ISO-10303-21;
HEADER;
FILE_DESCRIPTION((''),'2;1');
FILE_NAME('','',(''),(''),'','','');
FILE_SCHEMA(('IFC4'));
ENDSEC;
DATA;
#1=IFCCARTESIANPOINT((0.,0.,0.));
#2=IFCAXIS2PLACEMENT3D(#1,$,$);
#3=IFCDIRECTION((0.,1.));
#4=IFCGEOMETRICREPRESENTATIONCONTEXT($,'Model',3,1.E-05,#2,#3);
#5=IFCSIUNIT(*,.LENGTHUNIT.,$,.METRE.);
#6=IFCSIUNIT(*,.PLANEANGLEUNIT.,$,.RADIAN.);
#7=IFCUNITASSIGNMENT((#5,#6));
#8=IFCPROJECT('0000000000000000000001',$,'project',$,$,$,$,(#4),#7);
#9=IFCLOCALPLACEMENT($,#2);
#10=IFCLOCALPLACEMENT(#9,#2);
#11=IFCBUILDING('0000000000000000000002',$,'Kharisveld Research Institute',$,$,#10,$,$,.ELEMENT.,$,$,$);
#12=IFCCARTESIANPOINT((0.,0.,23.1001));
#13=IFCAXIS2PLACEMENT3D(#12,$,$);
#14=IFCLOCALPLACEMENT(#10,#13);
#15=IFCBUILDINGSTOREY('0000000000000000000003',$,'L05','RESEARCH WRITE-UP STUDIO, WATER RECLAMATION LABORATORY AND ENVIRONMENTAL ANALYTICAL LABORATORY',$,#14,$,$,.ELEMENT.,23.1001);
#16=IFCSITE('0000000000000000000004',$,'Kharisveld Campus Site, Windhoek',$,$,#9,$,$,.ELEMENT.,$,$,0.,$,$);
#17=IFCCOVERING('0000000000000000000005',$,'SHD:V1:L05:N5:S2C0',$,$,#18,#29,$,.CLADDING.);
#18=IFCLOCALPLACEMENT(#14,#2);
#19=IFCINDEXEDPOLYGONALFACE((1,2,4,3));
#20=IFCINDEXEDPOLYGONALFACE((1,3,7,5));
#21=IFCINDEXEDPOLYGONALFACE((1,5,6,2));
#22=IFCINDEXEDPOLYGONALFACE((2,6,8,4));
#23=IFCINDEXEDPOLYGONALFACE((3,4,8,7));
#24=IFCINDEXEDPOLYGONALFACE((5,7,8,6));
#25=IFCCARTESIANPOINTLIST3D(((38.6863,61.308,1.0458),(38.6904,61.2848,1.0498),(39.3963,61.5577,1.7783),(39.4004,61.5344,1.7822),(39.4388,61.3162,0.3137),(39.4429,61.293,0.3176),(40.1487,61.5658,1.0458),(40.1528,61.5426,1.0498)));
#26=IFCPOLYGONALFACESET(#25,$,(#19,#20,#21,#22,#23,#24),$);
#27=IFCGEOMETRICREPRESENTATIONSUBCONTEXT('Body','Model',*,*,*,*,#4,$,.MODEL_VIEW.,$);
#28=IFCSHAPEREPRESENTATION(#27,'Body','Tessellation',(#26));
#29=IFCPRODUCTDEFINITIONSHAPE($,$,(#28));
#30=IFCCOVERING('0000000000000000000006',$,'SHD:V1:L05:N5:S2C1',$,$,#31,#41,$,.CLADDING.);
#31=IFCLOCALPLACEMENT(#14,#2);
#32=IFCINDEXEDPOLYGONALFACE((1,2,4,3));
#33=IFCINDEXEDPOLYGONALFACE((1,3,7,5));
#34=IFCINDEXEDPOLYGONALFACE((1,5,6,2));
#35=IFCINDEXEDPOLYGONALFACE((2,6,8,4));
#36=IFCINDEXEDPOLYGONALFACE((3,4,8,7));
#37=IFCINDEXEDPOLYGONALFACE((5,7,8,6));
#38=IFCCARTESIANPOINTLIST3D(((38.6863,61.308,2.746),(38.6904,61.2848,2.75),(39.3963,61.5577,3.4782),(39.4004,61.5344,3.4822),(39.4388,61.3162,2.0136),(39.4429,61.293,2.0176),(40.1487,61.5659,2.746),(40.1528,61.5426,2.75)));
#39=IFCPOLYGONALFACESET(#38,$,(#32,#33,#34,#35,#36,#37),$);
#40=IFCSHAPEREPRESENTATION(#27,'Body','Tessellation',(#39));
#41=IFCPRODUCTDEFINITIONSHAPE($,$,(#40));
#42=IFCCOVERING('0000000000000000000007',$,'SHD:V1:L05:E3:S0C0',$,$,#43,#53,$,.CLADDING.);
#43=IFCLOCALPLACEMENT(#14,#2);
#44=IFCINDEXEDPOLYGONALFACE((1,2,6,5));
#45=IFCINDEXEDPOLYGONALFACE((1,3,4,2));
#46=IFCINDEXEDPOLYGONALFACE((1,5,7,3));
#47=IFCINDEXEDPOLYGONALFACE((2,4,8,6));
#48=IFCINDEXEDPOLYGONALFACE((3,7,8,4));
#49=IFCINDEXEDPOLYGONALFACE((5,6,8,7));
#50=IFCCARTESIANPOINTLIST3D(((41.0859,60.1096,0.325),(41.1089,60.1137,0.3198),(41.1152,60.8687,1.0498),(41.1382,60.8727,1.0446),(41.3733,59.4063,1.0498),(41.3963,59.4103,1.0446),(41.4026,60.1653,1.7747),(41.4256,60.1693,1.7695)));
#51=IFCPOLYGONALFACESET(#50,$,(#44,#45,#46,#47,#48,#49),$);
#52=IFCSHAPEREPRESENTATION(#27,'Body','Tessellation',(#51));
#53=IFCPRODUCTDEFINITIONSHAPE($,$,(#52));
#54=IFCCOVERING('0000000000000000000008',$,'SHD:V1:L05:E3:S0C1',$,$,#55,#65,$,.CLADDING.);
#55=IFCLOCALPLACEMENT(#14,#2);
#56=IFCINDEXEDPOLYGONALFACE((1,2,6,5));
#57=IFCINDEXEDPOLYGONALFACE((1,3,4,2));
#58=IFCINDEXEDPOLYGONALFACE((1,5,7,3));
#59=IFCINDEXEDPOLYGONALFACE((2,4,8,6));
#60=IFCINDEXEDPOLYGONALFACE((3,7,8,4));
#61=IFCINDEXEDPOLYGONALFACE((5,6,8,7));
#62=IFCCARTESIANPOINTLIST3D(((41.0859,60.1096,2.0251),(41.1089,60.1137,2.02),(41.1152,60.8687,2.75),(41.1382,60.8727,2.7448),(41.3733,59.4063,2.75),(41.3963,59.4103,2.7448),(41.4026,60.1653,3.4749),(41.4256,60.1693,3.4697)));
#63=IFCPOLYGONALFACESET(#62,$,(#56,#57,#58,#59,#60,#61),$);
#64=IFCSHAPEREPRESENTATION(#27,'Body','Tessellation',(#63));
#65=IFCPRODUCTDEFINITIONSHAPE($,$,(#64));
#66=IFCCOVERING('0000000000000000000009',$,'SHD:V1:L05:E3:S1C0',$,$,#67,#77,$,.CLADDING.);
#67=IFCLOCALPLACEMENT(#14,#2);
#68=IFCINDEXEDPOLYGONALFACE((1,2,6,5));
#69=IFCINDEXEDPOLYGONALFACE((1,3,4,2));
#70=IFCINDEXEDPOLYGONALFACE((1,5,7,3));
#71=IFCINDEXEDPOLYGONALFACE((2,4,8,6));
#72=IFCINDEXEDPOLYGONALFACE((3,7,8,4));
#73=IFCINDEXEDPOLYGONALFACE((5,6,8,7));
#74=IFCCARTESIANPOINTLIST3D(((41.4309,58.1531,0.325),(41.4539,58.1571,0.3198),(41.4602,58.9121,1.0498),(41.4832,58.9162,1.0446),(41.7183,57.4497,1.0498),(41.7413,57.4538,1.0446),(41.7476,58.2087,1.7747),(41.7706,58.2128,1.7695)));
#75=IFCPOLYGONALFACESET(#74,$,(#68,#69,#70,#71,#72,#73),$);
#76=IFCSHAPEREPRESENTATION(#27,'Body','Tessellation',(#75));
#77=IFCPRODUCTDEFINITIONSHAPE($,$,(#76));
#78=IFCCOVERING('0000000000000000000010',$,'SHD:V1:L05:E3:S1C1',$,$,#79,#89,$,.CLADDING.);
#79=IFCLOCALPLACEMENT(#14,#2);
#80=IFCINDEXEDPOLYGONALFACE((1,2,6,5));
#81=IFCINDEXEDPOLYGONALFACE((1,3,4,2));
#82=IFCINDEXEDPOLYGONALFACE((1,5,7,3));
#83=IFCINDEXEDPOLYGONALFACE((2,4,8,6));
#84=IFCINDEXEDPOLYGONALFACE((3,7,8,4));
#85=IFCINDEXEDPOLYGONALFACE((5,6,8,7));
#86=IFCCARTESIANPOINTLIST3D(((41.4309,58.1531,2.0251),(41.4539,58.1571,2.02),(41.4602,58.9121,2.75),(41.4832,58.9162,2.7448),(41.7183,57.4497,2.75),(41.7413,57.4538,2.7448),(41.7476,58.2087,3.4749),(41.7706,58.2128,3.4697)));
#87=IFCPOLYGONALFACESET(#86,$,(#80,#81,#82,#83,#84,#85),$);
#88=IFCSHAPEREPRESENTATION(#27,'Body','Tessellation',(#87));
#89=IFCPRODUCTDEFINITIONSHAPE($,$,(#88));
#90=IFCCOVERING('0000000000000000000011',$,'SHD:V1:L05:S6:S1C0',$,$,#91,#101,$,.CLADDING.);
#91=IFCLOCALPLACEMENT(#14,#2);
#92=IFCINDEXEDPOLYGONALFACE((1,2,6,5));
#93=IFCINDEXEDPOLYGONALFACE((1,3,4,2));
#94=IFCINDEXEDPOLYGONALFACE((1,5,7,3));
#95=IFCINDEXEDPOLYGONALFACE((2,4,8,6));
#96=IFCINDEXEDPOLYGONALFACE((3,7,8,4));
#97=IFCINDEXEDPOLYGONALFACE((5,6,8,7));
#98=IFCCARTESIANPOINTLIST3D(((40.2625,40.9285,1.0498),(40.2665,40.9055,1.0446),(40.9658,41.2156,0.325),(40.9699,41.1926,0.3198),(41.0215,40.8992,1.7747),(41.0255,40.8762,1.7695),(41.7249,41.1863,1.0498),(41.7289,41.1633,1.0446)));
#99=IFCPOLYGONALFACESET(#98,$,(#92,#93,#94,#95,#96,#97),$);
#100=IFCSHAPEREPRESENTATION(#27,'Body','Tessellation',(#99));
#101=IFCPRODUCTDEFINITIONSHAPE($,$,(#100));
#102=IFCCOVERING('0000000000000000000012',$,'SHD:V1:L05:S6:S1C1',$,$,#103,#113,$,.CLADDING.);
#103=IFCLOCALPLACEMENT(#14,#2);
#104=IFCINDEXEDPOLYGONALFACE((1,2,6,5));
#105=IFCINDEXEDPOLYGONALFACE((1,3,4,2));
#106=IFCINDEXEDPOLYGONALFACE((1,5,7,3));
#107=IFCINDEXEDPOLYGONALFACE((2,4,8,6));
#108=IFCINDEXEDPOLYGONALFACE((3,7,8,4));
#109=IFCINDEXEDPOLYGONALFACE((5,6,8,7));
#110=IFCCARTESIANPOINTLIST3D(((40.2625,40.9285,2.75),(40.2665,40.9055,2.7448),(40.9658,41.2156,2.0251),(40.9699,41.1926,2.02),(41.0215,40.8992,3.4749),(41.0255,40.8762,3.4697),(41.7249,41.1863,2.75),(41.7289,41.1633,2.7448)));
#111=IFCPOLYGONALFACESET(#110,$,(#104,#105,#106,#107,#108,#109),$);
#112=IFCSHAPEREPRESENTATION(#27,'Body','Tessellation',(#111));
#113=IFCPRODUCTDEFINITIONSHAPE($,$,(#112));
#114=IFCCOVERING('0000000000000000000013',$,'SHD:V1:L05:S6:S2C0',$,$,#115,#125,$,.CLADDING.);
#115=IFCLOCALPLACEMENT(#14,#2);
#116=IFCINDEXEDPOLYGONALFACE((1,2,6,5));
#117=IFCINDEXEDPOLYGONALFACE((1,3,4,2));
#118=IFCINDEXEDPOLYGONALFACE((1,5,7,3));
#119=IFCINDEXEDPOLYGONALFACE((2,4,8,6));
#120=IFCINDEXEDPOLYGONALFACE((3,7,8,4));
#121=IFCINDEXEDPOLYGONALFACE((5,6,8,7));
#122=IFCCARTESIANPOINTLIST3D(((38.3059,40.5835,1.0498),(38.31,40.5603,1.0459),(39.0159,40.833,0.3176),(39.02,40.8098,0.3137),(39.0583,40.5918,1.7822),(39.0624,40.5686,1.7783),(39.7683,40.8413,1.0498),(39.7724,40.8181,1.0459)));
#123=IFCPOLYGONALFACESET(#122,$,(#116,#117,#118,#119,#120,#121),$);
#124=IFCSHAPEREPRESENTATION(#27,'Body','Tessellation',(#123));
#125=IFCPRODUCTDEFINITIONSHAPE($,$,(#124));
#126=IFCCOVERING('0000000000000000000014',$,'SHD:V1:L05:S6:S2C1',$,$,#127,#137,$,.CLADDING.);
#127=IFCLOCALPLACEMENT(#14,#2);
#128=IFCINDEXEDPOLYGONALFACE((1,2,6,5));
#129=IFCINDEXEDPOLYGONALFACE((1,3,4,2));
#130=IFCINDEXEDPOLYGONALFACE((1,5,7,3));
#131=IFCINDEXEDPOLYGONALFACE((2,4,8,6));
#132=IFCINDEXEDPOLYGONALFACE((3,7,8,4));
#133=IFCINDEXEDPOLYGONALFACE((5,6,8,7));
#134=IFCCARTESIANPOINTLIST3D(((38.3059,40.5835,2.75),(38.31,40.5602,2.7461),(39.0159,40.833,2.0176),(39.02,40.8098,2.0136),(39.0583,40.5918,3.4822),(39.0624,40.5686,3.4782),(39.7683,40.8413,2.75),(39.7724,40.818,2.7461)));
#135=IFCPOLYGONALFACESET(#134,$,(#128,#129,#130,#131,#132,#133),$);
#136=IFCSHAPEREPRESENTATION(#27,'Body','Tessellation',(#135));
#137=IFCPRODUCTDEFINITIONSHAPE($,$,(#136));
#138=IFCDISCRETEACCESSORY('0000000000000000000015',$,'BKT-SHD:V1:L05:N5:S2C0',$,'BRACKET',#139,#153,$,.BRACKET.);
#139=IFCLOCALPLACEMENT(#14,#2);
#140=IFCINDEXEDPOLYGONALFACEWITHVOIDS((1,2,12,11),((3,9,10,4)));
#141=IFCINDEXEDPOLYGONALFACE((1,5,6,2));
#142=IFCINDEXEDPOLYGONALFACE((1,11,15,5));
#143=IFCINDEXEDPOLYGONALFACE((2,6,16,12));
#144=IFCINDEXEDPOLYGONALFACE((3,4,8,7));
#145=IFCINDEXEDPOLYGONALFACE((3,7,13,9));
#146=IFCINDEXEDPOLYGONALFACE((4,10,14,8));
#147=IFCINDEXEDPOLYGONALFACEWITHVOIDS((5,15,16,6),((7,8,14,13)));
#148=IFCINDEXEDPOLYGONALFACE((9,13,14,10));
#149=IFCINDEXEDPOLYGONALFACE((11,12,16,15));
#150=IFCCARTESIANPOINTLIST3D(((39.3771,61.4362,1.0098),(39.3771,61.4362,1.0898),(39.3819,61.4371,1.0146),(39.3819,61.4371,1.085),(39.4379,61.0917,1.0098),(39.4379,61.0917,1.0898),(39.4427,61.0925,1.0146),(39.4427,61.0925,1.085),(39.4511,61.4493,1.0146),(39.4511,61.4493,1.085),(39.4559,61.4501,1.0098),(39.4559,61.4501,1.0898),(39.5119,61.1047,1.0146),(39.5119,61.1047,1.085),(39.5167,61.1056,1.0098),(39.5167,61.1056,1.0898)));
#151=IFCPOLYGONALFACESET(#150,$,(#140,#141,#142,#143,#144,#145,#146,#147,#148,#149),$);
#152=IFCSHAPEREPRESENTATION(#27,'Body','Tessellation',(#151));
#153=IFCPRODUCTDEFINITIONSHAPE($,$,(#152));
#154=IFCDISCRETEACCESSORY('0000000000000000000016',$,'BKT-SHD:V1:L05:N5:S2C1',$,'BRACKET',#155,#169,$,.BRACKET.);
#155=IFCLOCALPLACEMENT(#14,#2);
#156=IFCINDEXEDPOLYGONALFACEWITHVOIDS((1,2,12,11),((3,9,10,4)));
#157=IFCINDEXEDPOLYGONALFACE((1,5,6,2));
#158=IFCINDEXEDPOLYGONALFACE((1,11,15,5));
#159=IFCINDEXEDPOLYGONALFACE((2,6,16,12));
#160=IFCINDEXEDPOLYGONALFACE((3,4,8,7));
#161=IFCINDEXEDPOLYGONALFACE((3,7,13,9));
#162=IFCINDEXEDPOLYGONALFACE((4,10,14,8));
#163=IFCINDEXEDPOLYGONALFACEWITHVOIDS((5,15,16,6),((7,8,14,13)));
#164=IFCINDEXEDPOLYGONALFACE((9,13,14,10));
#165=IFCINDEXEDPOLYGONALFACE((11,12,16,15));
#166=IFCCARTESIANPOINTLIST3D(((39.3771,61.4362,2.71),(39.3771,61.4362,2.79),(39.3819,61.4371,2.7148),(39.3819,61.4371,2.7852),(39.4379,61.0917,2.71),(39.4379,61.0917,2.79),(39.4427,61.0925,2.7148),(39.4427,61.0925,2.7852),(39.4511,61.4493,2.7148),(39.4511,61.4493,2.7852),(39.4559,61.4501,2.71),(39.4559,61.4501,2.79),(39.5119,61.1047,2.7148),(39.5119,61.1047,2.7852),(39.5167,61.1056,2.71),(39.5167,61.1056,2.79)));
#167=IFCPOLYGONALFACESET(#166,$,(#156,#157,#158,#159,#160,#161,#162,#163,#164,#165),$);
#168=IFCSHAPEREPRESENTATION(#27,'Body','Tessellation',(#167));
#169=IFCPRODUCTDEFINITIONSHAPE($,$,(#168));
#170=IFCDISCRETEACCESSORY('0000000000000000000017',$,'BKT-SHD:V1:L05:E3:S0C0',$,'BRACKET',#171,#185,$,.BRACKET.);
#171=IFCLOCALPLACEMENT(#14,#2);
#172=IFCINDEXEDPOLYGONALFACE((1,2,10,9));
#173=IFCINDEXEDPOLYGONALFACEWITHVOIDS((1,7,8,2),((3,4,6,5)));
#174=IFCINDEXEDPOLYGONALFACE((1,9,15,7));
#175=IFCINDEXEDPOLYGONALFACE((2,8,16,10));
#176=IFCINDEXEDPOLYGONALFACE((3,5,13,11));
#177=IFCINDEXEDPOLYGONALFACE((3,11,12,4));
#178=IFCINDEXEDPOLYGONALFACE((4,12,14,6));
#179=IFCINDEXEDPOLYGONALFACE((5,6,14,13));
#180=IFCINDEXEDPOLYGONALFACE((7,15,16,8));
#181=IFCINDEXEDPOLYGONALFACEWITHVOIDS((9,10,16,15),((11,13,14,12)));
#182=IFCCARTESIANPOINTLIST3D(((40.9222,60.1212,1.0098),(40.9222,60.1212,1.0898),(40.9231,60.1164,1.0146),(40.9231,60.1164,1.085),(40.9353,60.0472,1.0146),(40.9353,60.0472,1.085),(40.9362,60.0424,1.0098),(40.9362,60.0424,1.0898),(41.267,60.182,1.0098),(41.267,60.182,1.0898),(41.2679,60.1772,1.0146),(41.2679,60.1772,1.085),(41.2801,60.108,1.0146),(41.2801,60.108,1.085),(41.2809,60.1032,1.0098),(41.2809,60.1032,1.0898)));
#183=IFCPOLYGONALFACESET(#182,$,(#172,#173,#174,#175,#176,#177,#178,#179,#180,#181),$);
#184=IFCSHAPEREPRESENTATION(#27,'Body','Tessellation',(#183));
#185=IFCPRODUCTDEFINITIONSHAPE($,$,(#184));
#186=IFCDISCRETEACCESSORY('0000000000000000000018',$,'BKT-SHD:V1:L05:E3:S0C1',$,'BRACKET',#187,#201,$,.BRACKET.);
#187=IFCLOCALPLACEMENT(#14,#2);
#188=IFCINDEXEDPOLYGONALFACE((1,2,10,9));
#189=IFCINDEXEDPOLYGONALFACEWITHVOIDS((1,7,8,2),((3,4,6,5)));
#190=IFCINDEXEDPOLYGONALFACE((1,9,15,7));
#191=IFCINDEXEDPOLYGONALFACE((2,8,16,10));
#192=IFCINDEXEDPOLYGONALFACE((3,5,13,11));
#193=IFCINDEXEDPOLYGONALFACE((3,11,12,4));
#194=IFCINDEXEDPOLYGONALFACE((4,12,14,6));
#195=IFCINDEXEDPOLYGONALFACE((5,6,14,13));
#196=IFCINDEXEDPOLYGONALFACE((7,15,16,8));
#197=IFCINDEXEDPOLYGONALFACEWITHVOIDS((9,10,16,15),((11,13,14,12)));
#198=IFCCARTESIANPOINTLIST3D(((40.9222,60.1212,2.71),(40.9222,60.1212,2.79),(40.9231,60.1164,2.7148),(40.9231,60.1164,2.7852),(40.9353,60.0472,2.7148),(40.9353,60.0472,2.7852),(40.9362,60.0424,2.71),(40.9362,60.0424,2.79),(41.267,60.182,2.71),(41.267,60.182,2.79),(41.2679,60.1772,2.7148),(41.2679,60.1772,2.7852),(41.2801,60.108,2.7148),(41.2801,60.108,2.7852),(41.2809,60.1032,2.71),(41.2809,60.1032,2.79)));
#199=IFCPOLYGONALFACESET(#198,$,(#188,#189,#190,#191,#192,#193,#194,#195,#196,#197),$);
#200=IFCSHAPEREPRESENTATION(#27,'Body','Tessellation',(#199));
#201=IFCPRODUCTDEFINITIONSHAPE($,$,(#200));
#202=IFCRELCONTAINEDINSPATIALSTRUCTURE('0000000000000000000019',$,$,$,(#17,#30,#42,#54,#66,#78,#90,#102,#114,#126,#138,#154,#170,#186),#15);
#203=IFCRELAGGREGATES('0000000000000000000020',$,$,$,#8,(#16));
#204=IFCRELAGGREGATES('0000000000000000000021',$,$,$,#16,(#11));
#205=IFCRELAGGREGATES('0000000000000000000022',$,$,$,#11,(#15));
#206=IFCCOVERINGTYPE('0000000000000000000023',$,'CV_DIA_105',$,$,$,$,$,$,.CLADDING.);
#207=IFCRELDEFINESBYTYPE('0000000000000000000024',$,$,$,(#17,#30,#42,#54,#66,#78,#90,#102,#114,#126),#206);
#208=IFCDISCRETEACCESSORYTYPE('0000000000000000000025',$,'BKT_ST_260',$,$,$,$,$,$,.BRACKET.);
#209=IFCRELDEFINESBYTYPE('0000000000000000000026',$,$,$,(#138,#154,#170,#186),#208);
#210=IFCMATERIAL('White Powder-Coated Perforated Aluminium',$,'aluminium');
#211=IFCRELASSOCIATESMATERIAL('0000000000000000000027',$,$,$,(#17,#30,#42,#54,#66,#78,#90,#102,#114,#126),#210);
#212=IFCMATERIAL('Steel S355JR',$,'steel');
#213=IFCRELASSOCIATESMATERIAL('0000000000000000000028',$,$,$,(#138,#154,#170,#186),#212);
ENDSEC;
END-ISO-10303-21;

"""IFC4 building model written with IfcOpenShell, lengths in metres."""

from ifc_helpers import new_model, si_unit, direction, frame, origin, origin_2d, place, context, subcontext, project, spatial, polyline, hollow_rectangle, outline, extrude, material, type_object, element, save


model = new_model("IFC4")

# Units and contexts
model_context = context("Model", 3, precision=1e-05, world=origin(), true_north=direction((0.0, 1.0)))
body_context = subcontext(model_context, "Body", "Model", "MODEL_VIEW")
ifc_project = project(units=[si_unit("LENGTHUNIT", "METRE"), si_unit("PLANEANGLEUNIT", "RADIAN")], contexts=[model_context])

# Site, building, storey
site_placement = place(None, origin())
site = spatial("IfcSite", under=ifc_project, at=site_placement, Name="Kharisveld Campus Site, Windhoek", CompositionType="ELEMENT", RefElevation=0.0)
building_placement = place(site_placement, origin())
building = spatial("IfcBuilding", under=site, at=building_placement, Name="Kharisveld Research Institute", CompositionType="ELEMENT")
storey_placement = place(building_placement, frame((0.0, 0.0, 23.1001)))
storey = spatial("IfcBuildingStorey", under=building, at=storey_placement, Name="L05", Description="RESEARCH WRITE-UP STUDIO, WATER RECLAMATION LABORATORY AND ENVIRONMENTAL ANALYTICAL LABORATORY", CompositionType="ELEMENT", Elevation=23.1001)

# Coverings
ifc_material_1 = material(Name="White Powder-Coated Perforated Aluminium", Category="aluminium")
covering_type = type_object("IfcCoveringType", Name="CV_DIA_105", PredefinedType="CLADDING")
covering_1_placement = place(storey_placement, frame((39.4429, 61.293, 0.3176), z_axis=(0.171234, -0.971299, 0.165096), x_axis=(0.676173, 0.237734, 0.697333)))
element("IfcCovering", 1, at=covering_1_placement, inside=storey, type_object=covering_type, material=ifc_material_1, Name="SHD:V1:L05:N5:S2C0", PredefinedType="CLADDING", context=body_context, shape_type="SweptSolid", body=[
    extrude(outline(polyline([(0.0, 0.0), (1.0499, 0.0), (1.05, 1.0501), (-0.0002, 1.0499), (0.0, 0.0)])), origin(), (0.0, 0.0, -1.0), 0.0239),
])
covering_2_placement = place(storey_placement, frame((39.4429, 61.293, 2.0176), z_axis=(0.171234, -0.971299, 0.165096), x_axis=(0.676056, 0.237732, 0.697446)))
element("IfcCovering", 2, at=covering_2_placement, inside=storey, type_object=covering_type, material=ifc_material_1, Name="SHD:V1:L05:N5:S2C1", PredefinedType="CLADDING", context=body_context, shape_type="SweptSolid", body=[
    extrude(outline(polyline([(0.0, 0.0), (1.0501, 0.0), (1.0502, 1.0499), (0.0002, 1.0501), (0.0, 0.0)])), origin(), (0.0, 0.0, -1.0), 0.0239),
])
for number, where, z_axis, x_axis, name in (
    (3, (41.0859, 60.1096, 0.325), (-0.961426, -0.169654, 0.216512), (0.273644, -0.669811, 0.69027), "SHD:V1:L05:E3:S0C0"),
    (4, (41.0859, 60.1096, 2.0251), (-0.961426, -0.169654, 0.216512), (0.273644, -0.669811, 0.69027), "SHD:V1:L05:E3:S0C1"),
    (5, (41.4309, 58.1531, 0.325), (-0.961426, -0.169654, 0.216512), (0.273644, -0.669811, 0.69027), "SHD:V1:L05:E3:S1C0"),
    (6, (41.4309, 58.1531, 2.0251), (-0.961426, -0.169654, 0.216512), (0.273644, -0.669811, 0.69027), "SHD:V1:L05:E3:S1C1"),
):
    element("IfcCovering", number, at=place(storey_placement, frame(where, z_axis=z_axis, x_axis=x_axis)), inside=storey, type_object=covering_type, material=ifc_material_1, Name=name, PredefinedType="CLADDING", context=body_context, shape_type="SweptSolid", body=[
        extrude(outline(polyline([(0.0, 0.0), (1.0501, 0.0), (1.0501, 1.05), (0.0, 1.05), (0.0, 0.0)])), origin(), (0.0, 0.0, -1.0), 0.0239),
    ])
for number, where, z_axis, x_axis, name in (
    (7, (40.9658, 41.2156, 0.325), (-0.169504, 0.961487, 0.216358), (-0.669853, -0.273429, 0.690314), "SHD:V1:L05:S6:S1C0"),
    (8, (40.9658, 41.2156, 2.0251), (-0.169504, 0.961487, 0.216358), (-0.669853, -0.273429, 0.690314), "SHD:V1:L05:S6:S1C1"),
):
    element("IfcCovering", number, at=place(storey_placement, frame(where, z_axis=z_axis, x_axis=x_axis)), inside=storey, type_object=covering_type, material=ifc_material_1, Name=name, PredefinedType="CLADDING", context=body_context, shape_type="SweptSolid", body=[
        extrude(outline(polyline([(0.0, 0.0), (1.05, 0.0), (1.05, 1.05), (-0.0001, 1.05), (0.0, 0.0)])), origin(), (0.0, 0.0, -1.0), 0.0239),
    ])
covering_3_placement = place(storey_placement, frame((39.0159, 40.833, 0.3176), z_axis=(-0.171239, 0.971325, 0.164938), x_axis=(-0.676192, -0.237624, 0.697352)))
element("IfcCovering", 9, at=covering_3_placement, inside=storey, type_object=covering_type, material=ifc_material_1, Name="SHD:V1:L05:S6:S2C0", PredefinedType="CLADDING", context=body_context, shape_type="SweptSolid", body=[
    extrude(outline(polyline([(0.0, 0.0), (1.0499, 0.0), (1.0499, 1.0501), (-0.0002, 1.0499), (0.0, 0.0)])), origin(), (0.0, 0.0, -1.0), 0.0239),
])
covering_4_placement = place(storey_placement, frame((39.0159, 40.833, 2.0176), z_axis=(-0.171239, 0.971325, 0.164938), x_axis=(-0.676076, -0.237623, 0.697465)))
element("IfcCovering", 10, at=covering_4_placement, inside=storey, type_object=covering_type, material=ifc_material_1, Name="SHD:V1:L05:S6:S2C1", PredefinedType="CLADDING", context=body_context, shape_type="SweptSolid", body=[
    extrude(outline(polyline([(0.0, 0.0), (1.0501, 0.0), (1.0501, 1.0499), (0.0002, 1.0501), (0.0, 0.0)])), origin(), (0.0, 0.0, -1.0), 0.0239),
])

# Discrete accessories
ifc_material_2 = material(Name="Steel S355JR", Category="steel")
discrete_accessory_type = type_object("IfcDiscreteAccessoryType", Name="BKT_ST_260", PredefinedType="BRACKET")
for number, where, z_axis, x_axis, name in (
    (11, (39.4773, 61.0986, 1.0498), (-0.173785, 0.984784, 0.0), (-0.984784, -0.173785, 0.0), "BKT-SHD:V1:L05:N5:S2C0"),
    (12, (39.4773, 61.0986, 2.75), (-0.173785, 0.984784, 0.0), (-0.984784, -0.173785, 0.0), "BKT-SHD:V1:L05:N5:S2C1"),
):
    element("IfcDiscreteAccessory", number, at=place(storey_placement, frame(where, z_axis=z_axis, x_axis=x_axis)), inside=storey, type_object=discrete_accessory_type, material=ifc_material_2, Name=name, ObjectType="BRACKET", PredefinedType="BRACKET", context=body_context, shape_type="SweptSolid", body=[
        extrude(hollow_rectangle(XDim=0.0801, YDim=0.0801, WallThickness=0.0049, at=origin_2d()), origin(), (0.0, 0.0, 1.0), 0.3499),
    ])
for number, where, z_axis, x_axis, name in (
    (13, (40.9292, 60.0818, 1.0498), (0.984805, 0.173666, 0.0), (-0.173666, 0.984805, 0.0), "BKT-SHD:V1:L05:E3:S0C0"),
    (14, (40.9292, 60.0818, 2.75), (0.984805, 0.173666, 0.0), (-0.173666, 0.984805, 0.0), "BKT-SHD:V1:L05:E3:S0C1"),
):
    element("IfcDiscreteAccessory", number, at=place(storey_placement, frame(where, z_axis=z_axis, x_axis=x_axis)), inside=storey, type_object=discrete_accessory_type, material=ifc_material_2, Name=name, ObjectType="BRACKET", PredefinedType="BRACKET", context=body_context, shape_type="SweptSolid", body=[
        extrude(hollow_rectangle(XDim=0.0801, YDim=0.0801, WallThickness=0.0049, at=origin_2d()), origin(), (0.0, 0.0, 1.0), 0.3501),
    ])

save(model, "model.ifc")
